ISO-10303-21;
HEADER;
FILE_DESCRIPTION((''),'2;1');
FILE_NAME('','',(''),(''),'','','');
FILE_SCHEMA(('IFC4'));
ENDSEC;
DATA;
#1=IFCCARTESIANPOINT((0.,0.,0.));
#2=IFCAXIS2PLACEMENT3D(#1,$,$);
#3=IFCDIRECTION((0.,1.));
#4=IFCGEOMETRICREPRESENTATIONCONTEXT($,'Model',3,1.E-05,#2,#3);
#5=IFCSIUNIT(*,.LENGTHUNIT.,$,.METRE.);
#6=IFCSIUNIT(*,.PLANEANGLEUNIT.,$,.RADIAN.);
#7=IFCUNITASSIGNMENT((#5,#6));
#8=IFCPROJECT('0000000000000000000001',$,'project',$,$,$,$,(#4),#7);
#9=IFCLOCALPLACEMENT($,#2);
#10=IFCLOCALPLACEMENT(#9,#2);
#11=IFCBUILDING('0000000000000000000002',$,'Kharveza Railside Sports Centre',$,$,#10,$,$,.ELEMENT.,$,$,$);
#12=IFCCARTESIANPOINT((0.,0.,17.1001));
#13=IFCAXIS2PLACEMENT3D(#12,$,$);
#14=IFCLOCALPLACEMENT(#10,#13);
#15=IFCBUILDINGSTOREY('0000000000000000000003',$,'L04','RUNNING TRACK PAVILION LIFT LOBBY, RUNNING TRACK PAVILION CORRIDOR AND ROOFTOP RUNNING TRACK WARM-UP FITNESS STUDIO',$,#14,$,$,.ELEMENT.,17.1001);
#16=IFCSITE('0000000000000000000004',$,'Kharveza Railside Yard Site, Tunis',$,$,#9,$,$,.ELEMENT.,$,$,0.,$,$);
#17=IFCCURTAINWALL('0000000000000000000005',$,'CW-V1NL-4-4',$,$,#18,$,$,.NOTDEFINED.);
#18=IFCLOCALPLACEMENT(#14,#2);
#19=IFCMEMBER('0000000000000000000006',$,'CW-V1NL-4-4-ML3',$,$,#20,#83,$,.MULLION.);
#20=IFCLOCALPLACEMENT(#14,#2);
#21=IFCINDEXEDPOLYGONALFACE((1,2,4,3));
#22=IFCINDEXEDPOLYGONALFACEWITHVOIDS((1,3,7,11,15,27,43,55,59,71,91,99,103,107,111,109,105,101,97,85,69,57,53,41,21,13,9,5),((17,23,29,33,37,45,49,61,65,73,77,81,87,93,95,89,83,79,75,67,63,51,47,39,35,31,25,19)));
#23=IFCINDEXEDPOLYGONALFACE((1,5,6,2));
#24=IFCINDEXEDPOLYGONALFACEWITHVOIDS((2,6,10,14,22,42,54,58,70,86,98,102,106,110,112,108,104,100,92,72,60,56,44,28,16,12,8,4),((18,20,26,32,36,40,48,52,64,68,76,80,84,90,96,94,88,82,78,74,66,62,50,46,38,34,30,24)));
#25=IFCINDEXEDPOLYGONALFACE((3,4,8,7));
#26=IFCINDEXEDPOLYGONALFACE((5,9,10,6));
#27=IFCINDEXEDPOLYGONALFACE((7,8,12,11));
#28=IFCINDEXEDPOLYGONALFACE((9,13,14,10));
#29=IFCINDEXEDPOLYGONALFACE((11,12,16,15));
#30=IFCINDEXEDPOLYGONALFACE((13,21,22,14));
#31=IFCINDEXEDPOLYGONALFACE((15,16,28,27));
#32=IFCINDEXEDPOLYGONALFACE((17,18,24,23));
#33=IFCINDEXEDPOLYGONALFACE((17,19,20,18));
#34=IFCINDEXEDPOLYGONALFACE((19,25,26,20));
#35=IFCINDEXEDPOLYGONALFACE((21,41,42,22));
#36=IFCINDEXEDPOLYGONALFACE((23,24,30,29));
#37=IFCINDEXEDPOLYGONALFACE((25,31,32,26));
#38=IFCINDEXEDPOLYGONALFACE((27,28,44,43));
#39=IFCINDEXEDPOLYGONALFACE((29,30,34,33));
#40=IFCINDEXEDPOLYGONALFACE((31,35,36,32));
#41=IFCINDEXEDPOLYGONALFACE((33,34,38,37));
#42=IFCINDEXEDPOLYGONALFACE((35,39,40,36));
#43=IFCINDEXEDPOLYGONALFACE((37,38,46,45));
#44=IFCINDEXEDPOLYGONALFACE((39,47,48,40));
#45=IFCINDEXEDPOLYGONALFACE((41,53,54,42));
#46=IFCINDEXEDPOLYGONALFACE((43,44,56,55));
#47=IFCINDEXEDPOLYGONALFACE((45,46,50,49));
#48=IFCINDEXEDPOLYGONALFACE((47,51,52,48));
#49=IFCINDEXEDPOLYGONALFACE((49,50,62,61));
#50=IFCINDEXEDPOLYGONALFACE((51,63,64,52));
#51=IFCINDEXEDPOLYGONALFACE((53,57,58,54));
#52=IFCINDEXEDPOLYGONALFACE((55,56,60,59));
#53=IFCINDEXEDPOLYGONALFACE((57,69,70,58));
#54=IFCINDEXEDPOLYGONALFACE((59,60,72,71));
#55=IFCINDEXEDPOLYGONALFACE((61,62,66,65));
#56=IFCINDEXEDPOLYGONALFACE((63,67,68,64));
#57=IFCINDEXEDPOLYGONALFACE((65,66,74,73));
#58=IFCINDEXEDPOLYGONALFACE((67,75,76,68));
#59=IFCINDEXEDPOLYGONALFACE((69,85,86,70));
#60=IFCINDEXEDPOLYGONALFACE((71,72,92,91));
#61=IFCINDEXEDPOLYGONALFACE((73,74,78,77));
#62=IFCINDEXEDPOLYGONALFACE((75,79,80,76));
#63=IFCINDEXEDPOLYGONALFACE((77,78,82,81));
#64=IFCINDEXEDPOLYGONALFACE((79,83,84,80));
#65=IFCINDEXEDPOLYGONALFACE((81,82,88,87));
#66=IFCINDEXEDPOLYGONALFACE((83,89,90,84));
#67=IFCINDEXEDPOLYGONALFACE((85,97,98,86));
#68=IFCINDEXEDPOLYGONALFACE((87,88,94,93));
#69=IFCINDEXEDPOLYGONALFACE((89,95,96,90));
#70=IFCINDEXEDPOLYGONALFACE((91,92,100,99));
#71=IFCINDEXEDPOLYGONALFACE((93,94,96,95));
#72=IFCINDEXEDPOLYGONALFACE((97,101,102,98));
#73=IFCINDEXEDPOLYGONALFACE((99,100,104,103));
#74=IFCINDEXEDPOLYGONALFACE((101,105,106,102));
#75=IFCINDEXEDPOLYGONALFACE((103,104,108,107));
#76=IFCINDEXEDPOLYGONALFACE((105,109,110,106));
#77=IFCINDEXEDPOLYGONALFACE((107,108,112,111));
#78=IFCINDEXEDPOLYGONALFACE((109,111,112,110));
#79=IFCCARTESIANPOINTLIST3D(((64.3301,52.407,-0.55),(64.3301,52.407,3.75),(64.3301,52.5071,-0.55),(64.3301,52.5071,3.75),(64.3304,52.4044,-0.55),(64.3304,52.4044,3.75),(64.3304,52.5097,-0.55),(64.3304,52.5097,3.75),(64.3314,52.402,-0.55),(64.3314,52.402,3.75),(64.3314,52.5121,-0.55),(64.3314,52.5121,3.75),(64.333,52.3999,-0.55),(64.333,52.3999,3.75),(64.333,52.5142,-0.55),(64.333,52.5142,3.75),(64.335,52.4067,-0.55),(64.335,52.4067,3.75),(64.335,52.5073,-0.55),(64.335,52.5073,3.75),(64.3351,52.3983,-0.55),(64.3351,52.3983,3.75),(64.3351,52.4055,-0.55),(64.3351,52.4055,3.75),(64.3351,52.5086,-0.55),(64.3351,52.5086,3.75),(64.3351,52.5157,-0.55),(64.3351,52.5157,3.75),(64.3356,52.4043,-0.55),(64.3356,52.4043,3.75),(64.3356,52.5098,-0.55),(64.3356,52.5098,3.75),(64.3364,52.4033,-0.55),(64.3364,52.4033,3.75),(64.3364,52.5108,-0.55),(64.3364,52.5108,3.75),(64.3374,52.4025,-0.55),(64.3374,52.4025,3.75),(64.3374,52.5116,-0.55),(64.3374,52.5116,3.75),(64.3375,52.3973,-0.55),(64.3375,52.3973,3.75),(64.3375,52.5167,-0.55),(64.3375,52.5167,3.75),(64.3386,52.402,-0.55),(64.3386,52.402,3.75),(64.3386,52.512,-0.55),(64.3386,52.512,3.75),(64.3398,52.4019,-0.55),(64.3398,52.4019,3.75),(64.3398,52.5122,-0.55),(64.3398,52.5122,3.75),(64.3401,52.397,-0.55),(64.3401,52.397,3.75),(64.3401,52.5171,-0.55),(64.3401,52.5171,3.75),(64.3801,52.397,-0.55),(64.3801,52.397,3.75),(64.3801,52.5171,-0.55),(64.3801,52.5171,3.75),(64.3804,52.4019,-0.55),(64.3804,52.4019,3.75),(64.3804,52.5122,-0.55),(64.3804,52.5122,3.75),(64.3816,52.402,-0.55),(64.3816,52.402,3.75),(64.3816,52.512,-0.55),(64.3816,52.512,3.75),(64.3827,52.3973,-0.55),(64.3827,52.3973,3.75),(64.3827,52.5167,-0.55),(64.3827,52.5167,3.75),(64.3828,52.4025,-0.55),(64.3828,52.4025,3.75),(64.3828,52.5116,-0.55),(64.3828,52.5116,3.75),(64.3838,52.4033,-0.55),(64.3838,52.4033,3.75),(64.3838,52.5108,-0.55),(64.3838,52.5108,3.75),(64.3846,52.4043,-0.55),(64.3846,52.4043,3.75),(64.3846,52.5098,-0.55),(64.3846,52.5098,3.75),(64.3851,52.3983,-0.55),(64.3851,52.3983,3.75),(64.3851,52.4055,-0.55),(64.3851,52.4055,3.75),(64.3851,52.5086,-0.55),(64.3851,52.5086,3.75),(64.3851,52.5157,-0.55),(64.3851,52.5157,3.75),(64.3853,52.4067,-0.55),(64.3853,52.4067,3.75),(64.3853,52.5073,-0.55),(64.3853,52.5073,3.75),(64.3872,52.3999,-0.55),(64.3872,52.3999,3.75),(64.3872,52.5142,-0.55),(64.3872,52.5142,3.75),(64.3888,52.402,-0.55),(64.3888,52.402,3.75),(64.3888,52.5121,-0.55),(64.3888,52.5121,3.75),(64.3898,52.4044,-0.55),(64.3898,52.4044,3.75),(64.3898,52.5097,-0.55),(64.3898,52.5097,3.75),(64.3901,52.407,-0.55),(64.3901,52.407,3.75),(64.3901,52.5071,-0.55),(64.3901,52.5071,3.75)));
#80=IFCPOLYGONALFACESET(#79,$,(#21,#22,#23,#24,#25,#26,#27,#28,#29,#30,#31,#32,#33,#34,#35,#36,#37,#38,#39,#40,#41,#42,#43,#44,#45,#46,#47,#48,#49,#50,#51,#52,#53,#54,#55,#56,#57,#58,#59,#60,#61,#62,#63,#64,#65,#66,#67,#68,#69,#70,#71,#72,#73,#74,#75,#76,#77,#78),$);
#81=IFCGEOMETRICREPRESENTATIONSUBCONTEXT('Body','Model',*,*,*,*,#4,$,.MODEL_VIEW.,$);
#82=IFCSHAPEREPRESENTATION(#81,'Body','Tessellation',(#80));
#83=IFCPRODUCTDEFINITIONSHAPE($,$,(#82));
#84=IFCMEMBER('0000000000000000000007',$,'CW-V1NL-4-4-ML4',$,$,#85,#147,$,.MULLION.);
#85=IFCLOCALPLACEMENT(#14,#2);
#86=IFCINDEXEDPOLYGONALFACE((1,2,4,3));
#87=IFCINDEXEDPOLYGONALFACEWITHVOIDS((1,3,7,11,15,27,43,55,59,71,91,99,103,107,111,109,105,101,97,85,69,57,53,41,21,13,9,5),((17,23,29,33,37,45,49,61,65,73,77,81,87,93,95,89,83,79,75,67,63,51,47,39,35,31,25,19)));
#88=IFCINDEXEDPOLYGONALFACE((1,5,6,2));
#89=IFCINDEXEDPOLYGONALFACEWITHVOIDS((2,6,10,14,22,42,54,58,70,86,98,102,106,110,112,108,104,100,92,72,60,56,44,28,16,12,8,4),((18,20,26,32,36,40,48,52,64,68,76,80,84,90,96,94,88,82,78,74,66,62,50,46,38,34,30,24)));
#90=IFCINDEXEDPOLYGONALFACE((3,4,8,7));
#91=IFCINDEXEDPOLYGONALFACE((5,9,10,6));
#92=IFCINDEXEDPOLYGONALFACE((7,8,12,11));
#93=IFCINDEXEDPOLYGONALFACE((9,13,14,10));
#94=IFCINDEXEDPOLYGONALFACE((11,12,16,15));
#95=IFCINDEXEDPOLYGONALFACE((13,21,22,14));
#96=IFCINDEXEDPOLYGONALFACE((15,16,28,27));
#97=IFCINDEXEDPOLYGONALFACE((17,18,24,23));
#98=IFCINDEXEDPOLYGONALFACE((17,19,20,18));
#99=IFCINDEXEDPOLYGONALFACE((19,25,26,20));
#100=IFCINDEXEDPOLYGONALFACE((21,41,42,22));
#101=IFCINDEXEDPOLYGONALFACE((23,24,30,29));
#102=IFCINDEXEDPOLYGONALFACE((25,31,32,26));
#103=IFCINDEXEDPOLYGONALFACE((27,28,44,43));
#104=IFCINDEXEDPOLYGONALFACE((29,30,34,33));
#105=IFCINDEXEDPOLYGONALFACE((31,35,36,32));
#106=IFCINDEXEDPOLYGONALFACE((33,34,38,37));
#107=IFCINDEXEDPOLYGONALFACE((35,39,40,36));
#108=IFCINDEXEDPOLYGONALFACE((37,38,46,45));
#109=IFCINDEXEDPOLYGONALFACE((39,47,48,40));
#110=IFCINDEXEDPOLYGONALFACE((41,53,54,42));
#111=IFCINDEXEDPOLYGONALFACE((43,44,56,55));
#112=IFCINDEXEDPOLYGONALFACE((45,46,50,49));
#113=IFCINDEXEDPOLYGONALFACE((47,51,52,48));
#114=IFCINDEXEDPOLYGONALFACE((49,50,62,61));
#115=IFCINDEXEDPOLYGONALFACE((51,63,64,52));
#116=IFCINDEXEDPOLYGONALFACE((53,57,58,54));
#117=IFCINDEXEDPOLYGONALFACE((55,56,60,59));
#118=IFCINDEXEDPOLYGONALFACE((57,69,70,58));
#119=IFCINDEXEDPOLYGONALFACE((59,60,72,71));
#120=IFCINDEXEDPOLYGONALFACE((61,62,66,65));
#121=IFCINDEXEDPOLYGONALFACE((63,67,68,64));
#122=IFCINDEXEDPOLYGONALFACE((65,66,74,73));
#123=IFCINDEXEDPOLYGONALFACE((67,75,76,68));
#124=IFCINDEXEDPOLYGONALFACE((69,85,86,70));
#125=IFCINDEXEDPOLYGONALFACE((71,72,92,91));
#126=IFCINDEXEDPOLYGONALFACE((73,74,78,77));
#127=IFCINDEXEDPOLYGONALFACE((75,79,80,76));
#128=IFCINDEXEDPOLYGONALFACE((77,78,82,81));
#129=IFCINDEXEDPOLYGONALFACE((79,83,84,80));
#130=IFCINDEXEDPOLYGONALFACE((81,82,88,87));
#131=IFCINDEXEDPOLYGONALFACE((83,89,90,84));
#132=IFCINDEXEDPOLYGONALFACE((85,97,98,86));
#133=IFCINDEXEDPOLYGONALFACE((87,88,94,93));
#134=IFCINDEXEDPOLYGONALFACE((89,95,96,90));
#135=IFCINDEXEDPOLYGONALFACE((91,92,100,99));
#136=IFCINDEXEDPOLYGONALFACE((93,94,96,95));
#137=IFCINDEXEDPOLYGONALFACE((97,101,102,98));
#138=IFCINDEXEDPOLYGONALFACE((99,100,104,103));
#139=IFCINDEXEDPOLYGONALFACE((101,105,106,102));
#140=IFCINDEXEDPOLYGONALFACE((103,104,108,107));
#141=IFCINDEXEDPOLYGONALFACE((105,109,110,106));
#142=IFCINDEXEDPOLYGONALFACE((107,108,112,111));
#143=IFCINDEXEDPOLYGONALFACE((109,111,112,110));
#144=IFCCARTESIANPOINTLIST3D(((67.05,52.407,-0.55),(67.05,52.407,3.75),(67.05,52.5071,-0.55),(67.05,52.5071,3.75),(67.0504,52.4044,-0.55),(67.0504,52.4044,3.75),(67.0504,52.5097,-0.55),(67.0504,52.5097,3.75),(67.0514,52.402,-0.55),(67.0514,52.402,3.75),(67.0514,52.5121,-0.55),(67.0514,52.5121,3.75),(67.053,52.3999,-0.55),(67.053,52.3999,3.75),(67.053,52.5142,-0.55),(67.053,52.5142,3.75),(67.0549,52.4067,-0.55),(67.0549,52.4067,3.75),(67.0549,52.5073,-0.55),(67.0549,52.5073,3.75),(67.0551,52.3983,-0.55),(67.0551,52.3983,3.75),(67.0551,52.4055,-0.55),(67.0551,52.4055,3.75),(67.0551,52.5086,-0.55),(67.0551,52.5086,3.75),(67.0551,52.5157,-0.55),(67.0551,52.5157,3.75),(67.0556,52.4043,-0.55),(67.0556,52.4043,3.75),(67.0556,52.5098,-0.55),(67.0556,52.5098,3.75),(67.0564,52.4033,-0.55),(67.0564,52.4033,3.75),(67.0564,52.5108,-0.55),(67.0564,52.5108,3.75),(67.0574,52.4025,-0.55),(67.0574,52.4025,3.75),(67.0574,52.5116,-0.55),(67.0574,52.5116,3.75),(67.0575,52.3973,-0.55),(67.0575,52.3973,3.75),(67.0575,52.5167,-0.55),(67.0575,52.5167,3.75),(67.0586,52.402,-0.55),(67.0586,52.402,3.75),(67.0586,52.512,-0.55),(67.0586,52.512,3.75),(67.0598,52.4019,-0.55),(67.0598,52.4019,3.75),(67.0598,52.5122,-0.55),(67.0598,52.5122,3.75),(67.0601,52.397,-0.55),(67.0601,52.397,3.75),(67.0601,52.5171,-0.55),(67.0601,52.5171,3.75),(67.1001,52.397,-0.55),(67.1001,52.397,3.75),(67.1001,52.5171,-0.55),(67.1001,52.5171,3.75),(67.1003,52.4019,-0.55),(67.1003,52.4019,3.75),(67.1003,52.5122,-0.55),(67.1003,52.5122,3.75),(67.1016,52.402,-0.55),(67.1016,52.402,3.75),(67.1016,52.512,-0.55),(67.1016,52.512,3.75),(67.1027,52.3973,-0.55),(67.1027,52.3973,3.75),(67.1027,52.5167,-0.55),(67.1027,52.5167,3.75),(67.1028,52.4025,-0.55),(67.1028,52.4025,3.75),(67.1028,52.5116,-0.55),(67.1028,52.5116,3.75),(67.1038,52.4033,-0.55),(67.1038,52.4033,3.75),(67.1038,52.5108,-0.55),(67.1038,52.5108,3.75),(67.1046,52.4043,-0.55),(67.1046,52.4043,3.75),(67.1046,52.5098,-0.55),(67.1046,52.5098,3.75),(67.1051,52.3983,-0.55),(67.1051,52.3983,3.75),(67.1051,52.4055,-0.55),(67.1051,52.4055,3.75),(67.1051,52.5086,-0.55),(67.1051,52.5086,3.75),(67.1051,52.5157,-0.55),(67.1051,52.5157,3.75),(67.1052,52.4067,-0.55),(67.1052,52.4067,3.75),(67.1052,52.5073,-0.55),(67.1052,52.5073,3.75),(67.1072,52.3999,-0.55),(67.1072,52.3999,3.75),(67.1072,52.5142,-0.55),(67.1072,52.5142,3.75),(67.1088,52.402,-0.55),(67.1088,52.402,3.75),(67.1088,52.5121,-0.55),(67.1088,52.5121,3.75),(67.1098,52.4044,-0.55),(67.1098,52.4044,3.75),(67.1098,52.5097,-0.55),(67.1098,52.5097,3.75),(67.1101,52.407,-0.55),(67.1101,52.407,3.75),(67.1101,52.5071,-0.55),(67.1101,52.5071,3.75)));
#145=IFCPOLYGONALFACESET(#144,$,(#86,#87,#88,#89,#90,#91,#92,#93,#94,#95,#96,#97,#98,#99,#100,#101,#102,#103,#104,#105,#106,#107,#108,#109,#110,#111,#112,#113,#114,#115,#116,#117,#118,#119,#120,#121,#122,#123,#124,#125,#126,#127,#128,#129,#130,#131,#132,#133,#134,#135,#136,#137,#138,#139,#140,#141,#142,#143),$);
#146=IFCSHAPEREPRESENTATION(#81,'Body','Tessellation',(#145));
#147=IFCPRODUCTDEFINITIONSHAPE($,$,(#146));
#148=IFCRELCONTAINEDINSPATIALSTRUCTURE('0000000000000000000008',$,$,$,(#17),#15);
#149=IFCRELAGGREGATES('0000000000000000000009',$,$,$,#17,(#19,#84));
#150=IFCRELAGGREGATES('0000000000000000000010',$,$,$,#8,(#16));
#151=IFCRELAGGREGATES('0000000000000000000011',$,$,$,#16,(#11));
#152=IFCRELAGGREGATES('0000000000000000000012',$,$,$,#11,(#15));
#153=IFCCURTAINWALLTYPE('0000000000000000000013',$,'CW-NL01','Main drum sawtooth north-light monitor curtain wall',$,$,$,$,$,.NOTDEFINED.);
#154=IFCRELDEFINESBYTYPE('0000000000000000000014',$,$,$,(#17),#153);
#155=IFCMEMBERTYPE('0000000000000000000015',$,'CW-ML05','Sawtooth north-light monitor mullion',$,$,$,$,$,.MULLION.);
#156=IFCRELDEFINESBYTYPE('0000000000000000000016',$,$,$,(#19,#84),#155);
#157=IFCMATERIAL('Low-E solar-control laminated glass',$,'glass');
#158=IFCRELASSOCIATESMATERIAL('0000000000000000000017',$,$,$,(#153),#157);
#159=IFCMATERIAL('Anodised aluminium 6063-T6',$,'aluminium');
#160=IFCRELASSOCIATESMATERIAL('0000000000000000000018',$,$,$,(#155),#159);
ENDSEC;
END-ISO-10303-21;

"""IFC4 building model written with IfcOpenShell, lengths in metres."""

from ifc_helpers import new_model, si_unit, direction, frame, origin, origin_2d, place, context, subcontext, project, spatial, hollow_rectangle, extrude, material, material_profile, profile_set, type_object, element, aggregate, save


model = new_model("IFC4")

# Units and contexts
model_context = context("Model", 3, precision=1e-05, world=origin(), true_north=direction((0.0, 1.0)))
body_context = subcontext(model_context, "Body", "Model", "MODEL_VIEW")
ifc_project = project(units=[si_unit("LENGTHUNIT", "METRE"), si_unit("PLANEANGLEUNIT", "RADIAN")], contexts=[model_context])

# Site, building, storey
site_placement = place(None, origin())
site = spatial("IfcSite", under=ifc_project, at=site_placement, Name="Kharveza Railside Yard Site, Tunis", CompositionType="ELEMENT", RefElevation=0.0)
building_placement = place(site_placement, origin())
building = spatial("IfcBuilding", under=site, at=building_placement, Name="Kharveza Railside Sports Centre", CompositionType="ELEMENT")
storey_placement = place(building_placement, frame((0.0, 0.0, 17.1001)))
storey = spatial("IfcBuildingStorey", under=building, at=storey_placement, Name="L04", Description="RUNNING TRACK PAVILION LIFT LOBBY, RUNNING TRACK PAVILION CORRIDOR AND ROOFTOP RUNNING TRACK WARM-UP FITNESS STUDIO", CompositionType="ELEMENT", Elevation=17.1001)

# Curtain wall, members
ifc_material_1 = material(Name="Low-E solar-control laminated glass", Category="glass")
curtain_wall_type = type_object("IfcCurtainWallType", Name="CW-NL01", Description="Main drum sawtooth north-light monitor curtain wall", PredefinedType="NOTDEFINED", material=ifc_material_1)
curtain_wall_1_placement = place(storey_placement, origin())
curtain_wall_1 = element("IfcCurtainWall", 1, at=curtain_wall_1_placement, inside=storey, type_object=curtain_wall_type, Name="CW-V1NL-4-4", PredefinedType="NOTDEFINED")
ifc_material_2 = material(Name="Anodised aluminium 6063-T6", Category="aluminium")
ifc_material_profile_1 = material_profile(ifc_material_2, hollow_rectangle(XDim=0.0601, YDim=0.1201, WallThickness=0.0049, InnerFilletRadius=0.0049, OuterFilletRadius=0.01, at=origin_2d()), Name="RHS 60x120x5.0")
ifc_profile_set_1 = profile_set([ifc_material_profile_1], Name="Anodised aluminium 6063-T6")
member_type_1 = type_object("IfcMemberType", Name="CW-ML05", Description="Sawtooth north-light monitor mullion", PredefinedType="MULLION", material=ifc_profile_set_1)
member_1_placement = place(storey_placement, frame((64.3601, 52.457, -0.55), z_axis=(0.0, 0.0, 1.0), x_axis=(1.0, 0.0, 0.0)))
member_1 = element("IfcMember", 2, at=member_1_placement, type_object=member_type_1, Name="CW-V1NL-4-4-ML3", PredefinedType="MULLION", context=body_context, shape_type="SweptSolid", body=[
    extrude(hollow_rectangle(XDim=0.0601, YDim=0.1201, WallThickness=0.0049, InnerFilletRadius=0.0049, OuterFilletRadius=0.01, at=origin_2d()), origin(), (0.0, 0.0, 1.0), 4.3),
])
member_2_placement = place(storey_placement, frame((67.0801, 52.457, -0.55), z_axis=(0.0, 0.0, 1.0), x_axis=(1.0, 0.0, 0.0)))
member_2 = element("IfcMember", 3, at=member_2_placement, type_object=member_type_1, Name="CW-V1NL-4-4-ML4", PredefinedType="MULLION", context=body_context, shape_type="SweptSolid", body=[
    extrude(hollow_rectangle(XDim=0.0601, YDim=0.1201, WallThickness=0.0049, InnerFilletRadius=0.0049, OuterFilletRadius=0.01, at=origin_2d()), origin(), (0.0, 0.0, 1.0), 4.3),
])

aggregate(curtain_wall_1, [member_1, member_2])

save(model, "model.ifc")
